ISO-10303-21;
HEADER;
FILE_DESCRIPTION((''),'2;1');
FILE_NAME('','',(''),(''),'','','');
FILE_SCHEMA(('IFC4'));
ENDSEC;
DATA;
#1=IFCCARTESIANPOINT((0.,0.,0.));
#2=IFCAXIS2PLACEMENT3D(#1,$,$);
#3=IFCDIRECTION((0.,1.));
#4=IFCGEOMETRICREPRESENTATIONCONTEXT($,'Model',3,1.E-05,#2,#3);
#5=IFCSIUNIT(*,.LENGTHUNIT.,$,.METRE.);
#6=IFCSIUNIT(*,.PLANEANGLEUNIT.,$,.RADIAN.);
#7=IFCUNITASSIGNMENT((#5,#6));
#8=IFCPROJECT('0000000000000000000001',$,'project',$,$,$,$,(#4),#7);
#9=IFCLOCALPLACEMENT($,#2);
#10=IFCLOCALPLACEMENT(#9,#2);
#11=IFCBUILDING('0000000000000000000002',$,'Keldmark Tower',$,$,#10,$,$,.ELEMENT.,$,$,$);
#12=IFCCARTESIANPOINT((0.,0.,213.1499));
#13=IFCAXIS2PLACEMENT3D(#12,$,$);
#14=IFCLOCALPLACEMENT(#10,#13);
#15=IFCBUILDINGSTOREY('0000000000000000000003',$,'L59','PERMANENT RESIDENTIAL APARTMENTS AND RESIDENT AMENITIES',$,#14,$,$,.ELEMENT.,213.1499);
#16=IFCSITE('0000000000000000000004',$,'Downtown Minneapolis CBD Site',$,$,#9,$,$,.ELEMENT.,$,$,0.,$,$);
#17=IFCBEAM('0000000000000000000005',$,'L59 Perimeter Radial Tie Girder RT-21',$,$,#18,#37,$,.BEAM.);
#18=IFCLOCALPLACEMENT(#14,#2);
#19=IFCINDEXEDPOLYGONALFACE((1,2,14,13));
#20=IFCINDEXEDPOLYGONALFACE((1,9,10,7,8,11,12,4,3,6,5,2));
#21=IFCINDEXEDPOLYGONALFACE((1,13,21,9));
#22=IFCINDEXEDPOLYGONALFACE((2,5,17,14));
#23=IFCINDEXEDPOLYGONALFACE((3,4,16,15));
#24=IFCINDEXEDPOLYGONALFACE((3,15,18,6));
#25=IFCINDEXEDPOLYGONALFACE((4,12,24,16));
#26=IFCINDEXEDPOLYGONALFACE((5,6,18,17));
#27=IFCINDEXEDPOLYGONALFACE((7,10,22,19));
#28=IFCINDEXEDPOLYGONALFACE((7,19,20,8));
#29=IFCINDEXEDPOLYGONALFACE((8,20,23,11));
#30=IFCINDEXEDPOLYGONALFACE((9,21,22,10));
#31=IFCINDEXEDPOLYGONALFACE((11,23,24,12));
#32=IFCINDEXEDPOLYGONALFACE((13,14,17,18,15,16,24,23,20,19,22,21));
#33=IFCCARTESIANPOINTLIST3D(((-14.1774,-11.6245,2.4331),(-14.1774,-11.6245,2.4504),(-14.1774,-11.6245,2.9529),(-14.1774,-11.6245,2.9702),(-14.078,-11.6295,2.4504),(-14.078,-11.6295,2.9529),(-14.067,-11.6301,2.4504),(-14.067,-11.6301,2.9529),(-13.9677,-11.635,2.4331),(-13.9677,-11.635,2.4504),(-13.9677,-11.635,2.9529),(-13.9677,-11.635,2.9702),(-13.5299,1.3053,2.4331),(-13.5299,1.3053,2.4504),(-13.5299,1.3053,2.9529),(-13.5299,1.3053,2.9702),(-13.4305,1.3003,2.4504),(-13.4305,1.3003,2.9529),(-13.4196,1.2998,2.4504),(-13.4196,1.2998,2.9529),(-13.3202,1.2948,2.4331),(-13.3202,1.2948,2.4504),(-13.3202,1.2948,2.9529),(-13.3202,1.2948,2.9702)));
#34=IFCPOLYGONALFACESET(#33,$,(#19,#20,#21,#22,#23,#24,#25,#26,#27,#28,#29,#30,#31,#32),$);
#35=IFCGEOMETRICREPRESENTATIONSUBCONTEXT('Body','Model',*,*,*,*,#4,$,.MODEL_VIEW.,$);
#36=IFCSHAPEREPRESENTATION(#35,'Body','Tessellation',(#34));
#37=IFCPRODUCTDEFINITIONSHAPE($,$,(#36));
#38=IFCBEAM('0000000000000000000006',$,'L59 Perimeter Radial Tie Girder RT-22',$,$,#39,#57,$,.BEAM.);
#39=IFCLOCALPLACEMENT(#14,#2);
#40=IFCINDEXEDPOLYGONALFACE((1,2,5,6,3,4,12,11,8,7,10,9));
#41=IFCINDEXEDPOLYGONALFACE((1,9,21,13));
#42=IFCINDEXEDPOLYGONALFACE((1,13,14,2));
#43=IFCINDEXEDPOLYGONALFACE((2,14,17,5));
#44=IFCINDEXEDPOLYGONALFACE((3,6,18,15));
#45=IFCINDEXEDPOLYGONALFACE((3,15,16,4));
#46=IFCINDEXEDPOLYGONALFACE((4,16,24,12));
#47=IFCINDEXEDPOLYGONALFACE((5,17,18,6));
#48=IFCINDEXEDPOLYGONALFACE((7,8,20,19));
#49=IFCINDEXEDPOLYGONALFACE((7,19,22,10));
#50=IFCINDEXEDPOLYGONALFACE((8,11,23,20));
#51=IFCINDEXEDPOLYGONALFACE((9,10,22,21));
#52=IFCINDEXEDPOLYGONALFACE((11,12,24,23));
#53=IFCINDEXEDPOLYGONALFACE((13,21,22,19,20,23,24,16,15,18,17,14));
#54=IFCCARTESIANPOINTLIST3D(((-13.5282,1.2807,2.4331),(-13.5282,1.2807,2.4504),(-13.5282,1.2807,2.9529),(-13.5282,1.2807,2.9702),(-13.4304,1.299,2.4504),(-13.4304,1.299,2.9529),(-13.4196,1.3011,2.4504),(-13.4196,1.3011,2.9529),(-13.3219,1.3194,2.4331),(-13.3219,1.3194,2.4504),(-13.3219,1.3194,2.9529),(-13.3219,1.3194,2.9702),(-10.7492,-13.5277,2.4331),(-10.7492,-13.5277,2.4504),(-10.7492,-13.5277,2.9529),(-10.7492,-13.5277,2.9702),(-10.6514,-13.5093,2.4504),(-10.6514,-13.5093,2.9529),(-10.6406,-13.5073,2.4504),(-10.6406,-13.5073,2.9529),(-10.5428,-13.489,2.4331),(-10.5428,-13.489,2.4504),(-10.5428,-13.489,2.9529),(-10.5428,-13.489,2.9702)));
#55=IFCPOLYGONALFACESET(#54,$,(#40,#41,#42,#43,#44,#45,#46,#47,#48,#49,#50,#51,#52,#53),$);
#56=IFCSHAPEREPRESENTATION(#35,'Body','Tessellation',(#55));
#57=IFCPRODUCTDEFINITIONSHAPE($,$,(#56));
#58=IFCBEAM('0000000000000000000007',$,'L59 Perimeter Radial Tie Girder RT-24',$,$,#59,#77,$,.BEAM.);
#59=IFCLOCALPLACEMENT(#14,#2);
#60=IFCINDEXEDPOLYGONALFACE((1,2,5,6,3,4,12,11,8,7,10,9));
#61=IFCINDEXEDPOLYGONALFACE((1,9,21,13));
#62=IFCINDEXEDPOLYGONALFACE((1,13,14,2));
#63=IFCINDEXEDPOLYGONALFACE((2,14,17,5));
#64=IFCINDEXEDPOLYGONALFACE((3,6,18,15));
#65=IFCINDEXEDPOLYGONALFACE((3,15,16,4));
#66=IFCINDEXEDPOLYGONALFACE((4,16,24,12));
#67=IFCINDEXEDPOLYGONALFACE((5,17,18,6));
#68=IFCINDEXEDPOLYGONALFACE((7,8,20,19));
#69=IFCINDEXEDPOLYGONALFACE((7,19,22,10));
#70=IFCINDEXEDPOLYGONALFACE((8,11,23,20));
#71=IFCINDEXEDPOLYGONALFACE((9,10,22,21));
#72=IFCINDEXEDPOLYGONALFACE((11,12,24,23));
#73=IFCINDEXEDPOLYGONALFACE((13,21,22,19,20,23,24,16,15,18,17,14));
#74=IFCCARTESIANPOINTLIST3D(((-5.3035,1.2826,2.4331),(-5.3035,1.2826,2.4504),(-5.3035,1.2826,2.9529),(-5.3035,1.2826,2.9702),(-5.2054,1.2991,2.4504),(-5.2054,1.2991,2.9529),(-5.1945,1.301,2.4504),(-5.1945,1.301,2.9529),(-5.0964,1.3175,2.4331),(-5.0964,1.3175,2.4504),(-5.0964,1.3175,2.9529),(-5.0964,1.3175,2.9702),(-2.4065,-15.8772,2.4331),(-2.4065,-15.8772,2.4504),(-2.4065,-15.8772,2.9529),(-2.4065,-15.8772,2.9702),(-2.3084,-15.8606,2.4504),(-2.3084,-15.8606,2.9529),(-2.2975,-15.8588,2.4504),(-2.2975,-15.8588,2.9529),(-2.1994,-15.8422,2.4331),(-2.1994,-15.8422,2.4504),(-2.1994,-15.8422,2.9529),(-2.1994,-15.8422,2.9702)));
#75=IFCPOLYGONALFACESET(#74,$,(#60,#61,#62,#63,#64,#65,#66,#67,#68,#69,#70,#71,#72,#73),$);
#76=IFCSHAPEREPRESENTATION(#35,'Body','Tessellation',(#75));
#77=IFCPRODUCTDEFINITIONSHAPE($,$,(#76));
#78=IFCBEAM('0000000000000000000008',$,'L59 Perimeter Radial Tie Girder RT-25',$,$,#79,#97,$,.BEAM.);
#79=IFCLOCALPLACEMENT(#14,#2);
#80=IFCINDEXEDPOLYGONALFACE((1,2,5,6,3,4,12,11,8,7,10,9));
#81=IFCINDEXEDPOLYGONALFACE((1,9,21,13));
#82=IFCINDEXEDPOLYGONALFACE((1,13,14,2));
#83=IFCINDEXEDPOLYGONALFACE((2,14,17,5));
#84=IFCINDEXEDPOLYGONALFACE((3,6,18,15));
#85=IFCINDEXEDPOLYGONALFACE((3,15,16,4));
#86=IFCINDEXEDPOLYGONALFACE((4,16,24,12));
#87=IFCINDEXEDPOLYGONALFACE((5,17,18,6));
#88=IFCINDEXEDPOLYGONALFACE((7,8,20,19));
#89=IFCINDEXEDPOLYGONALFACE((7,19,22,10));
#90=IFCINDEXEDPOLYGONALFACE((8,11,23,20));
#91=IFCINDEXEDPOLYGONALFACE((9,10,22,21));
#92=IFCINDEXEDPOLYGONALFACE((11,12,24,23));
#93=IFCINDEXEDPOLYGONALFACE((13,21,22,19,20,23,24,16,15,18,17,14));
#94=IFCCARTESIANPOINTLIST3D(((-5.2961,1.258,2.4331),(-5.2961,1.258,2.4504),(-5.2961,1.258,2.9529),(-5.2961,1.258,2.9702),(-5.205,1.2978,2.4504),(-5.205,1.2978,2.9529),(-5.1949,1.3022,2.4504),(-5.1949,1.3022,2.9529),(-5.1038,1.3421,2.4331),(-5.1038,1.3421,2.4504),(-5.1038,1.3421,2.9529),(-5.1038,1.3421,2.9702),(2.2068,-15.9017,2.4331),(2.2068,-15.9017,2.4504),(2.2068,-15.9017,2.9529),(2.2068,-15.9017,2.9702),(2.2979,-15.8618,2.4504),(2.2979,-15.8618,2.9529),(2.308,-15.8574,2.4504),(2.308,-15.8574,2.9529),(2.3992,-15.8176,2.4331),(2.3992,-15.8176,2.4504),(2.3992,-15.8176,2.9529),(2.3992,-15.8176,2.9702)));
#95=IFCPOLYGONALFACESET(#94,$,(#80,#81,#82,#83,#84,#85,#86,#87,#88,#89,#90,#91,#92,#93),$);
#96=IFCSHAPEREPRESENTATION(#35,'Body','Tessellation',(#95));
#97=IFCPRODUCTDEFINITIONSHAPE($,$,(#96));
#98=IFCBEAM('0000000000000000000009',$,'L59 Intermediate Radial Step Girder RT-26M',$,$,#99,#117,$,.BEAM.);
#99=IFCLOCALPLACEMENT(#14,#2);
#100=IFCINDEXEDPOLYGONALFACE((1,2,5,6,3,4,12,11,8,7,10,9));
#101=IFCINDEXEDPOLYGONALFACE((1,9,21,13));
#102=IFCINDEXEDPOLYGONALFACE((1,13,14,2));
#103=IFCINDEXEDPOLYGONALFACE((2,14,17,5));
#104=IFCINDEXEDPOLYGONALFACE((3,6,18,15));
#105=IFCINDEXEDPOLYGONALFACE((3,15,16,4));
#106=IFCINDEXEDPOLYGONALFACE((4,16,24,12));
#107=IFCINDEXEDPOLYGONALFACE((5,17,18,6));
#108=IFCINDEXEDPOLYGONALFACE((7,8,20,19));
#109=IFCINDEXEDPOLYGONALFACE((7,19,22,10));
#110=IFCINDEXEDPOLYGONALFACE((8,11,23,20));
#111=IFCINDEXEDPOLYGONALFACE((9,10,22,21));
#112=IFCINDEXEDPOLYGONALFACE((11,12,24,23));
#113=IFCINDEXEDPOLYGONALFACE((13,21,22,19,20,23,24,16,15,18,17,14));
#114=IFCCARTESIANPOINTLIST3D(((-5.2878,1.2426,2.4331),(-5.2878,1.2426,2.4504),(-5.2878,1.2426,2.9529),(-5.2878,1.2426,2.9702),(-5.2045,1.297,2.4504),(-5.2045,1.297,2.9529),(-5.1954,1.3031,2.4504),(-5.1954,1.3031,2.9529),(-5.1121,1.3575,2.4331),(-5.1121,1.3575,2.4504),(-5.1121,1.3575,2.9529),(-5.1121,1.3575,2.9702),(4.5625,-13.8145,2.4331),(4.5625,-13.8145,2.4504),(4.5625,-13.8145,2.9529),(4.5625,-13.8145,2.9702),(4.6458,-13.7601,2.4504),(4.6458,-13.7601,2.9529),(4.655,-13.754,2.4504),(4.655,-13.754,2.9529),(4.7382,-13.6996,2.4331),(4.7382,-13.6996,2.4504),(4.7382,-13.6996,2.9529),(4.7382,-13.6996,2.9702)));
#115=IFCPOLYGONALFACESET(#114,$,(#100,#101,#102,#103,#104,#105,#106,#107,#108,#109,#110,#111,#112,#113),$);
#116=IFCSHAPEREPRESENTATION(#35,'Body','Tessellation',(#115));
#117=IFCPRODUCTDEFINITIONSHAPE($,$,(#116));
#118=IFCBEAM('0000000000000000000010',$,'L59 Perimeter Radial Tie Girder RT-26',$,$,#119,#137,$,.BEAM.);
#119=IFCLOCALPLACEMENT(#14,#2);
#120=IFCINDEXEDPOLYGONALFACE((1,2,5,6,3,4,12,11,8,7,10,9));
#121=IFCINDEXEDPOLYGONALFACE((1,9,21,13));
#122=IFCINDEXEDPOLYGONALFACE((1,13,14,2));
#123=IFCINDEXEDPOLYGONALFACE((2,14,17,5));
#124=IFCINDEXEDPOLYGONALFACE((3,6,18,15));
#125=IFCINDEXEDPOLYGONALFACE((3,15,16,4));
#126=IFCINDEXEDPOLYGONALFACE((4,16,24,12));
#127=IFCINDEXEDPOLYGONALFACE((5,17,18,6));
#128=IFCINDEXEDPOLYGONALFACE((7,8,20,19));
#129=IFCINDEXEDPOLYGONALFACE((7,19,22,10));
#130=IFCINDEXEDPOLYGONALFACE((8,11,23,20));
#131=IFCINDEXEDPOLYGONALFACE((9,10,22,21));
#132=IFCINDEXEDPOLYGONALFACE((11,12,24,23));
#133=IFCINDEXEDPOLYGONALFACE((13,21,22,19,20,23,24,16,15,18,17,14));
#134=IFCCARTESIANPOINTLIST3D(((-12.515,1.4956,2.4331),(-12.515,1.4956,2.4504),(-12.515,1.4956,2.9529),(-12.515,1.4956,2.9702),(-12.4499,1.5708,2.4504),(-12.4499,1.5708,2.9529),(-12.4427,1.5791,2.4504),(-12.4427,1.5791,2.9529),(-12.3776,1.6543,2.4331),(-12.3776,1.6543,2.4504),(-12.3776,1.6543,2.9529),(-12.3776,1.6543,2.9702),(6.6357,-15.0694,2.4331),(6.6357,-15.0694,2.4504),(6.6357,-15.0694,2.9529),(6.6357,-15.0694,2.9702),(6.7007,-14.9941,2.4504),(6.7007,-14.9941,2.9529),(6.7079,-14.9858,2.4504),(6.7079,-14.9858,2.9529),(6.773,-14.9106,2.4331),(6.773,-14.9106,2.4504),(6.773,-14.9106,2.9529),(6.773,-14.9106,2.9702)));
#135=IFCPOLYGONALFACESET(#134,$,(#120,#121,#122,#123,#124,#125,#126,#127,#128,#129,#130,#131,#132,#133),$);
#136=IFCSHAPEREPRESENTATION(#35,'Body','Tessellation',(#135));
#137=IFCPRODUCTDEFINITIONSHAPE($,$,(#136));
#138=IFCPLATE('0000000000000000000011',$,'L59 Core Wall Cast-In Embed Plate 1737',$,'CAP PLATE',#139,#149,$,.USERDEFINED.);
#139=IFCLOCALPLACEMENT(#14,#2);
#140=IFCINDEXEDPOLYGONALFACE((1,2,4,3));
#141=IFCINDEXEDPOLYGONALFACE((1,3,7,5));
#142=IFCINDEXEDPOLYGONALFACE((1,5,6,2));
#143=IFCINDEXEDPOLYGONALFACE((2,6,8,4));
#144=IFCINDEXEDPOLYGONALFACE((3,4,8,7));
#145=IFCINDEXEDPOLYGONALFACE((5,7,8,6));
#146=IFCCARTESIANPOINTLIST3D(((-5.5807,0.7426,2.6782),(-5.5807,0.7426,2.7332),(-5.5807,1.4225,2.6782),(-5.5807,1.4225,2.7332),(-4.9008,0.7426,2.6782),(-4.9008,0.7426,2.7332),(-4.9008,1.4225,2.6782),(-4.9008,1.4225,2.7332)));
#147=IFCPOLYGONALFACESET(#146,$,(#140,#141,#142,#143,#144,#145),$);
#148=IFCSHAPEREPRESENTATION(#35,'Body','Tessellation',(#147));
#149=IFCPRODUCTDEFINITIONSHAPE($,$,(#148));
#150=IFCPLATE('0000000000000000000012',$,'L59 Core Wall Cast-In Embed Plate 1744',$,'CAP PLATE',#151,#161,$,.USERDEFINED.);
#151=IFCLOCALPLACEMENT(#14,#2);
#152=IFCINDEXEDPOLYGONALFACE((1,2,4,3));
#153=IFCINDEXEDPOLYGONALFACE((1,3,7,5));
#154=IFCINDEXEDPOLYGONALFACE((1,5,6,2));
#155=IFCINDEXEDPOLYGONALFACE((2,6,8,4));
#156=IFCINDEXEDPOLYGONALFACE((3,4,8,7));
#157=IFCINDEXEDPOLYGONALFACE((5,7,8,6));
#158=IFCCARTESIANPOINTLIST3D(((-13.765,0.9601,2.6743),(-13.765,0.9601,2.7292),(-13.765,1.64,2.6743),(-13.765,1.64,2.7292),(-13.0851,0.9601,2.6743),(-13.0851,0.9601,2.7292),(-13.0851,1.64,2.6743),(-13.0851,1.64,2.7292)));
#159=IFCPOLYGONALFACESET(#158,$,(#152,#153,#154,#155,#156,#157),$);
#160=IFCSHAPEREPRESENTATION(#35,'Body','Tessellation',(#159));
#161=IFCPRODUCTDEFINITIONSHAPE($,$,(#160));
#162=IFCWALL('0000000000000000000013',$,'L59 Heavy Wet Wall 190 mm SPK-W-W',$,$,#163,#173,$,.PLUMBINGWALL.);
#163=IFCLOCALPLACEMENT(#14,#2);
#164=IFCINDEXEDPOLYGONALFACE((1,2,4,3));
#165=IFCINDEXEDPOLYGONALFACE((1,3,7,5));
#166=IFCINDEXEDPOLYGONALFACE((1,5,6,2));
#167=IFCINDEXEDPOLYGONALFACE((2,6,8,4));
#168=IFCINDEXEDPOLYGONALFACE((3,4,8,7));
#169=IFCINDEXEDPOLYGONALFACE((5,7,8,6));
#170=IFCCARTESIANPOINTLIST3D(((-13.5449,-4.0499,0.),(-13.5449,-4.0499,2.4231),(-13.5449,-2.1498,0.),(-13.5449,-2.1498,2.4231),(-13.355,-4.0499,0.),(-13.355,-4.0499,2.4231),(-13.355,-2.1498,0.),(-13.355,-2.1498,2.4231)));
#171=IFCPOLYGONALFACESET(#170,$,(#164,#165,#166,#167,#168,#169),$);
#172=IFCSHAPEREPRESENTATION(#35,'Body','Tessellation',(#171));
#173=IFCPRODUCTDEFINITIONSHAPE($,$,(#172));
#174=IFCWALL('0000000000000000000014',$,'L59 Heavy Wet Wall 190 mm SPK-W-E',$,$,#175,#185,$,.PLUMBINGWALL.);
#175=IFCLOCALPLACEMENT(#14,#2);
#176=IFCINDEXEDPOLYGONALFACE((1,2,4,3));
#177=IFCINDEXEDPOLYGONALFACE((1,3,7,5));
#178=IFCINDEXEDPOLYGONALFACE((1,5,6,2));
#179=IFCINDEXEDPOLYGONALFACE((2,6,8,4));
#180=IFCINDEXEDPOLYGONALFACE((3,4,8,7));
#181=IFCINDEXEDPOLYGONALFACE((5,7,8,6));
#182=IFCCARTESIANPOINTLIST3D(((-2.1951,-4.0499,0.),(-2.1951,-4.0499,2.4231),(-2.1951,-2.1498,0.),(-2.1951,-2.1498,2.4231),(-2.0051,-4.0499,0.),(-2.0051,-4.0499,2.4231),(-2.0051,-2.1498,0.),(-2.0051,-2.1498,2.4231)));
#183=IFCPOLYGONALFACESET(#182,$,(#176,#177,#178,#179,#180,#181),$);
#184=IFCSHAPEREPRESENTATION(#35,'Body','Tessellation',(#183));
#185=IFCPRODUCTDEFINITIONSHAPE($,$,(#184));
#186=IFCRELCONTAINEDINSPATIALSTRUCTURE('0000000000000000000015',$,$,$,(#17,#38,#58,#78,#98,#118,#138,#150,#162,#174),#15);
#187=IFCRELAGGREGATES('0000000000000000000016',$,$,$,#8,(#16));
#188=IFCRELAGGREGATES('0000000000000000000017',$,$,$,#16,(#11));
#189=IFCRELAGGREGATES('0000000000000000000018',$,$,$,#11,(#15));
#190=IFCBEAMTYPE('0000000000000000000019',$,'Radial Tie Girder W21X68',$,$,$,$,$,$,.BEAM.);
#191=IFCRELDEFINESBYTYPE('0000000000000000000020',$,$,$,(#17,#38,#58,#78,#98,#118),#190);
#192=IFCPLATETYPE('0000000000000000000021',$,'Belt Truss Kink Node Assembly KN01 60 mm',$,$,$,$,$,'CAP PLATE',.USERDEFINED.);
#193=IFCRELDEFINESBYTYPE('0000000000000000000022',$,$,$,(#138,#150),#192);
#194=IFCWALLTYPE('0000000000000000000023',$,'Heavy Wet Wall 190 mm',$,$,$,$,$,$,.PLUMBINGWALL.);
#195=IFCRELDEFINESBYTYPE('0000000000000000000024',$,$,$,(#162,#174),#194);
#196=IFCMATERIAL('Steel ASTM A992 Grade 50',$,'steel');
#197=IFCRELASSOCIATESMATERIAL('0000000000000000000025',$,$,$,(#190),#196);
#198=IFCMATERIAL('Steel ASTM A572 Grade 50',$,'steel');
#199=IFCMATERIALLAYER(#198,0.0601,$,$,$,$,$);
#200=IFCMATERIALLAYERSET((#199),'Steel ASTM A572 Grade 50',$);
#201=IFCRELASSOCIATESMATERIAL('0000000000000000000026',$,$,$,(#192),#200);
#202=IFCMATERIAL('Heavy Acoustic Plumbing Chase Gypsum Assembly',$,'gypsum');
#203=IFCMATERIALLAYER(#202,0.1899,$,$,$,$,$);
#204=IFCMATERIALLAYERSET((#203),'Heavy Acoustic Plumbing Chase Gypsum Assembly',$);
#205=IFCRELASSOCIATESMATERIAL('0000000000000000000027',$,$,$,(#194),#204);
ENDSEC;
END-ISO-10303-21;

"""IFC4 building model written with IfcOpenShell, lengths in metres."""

from ifc_helpers import new_model, si_unit, direction, frame, frame_2d, origin, origin_2d, place, context, subcontext, project, spatial, rectangle, i_section, extrude, material, layer, layer_set, material_profile, profile_set, type_object, element, save


model = new_model("IFC4")

# Units and contexts
model_context = context("Model", 3, precision=1e-05, world=origin(), true_north=direction((0.0, 1.0)))
body_context = subcontext(model_context, "Body", "Model", "MODEL_VIEW")
ifc_project = project(units=[si_unit("LENGTHUNIT", "METRE"), si_unit("PLANEANGLEUNIT", "RADIAN")], contexts=[model_context])

# Site, building, storey
site_placement = place(None, origin())
site = spatial("IfcSite", under=ifc_project, at=site_placement, Name="Downtown Minneapolis CBD Site", CompositionType="ELEMENT", RefElevation=0.0)
building_placement = place(site_placement, origin())
building = spatial("IfcBuilding", under=site, at=building_placement, Name="Keldmark Tower", CompositionType="ELEMENT")
storey_placement = place(building_placement, frame((0.0, 0.0, 213.1499)))
storey = spatial("IfcBuildingStorey", under=building, at=storey_placement, Name="L59", Description="PERMANENT RESIDENTIAL APARTMENTS AND RESIDENT AMENITIES", CompositionType="ELEMENT", Elevation=213.1499)

# Beams
ifc_material_1 = material(Name="Steel ASTM A992 Grade 50", Category="steel")
ifc_material_profile_1 = material_profile(ifc_material_1, i_section(OverallWidth=0.21, OverallDepth=0.5371, WebThickness=0.011, FlangeThickness=0.0173, at=origin_2d()), Name="W21X68")
ifc_profile_set_1 = profile_set([ifc_material_profile_1], Name="Steel ASTM A992 Grade 50")
beam_type_1 = type_object("IfcBeamType", Name="Radial Tie Girder W21X68", PredefinedType="BEAM", material=ifc_profile_set_1)
beam_1_placement = place(storey_placement, frame((-13.425, 1.3, 2.7017), z_axis=(-0.050012, -0.998749, 0.0), x_axis=(0.998749, -0.050012, 0.0)))
element("IfcBeam", 1, at=beam_1_placement, inside=storey, type_object=beam_type_1, Name="L59 Perimeter Radial Tie Girder RT-21", PredefinedType="BEAM", context=body_context, shape_type="SweptSolid", body=[
    extrude(i_section(OverallWidth=0.21, OverallDepth=0.5371, WebThickness=0.011, FlangeThickness=0.0173, at=origin_2d()), origin(), (0.0, 0.0, 1.0), 12.946),
])
beam_2_placement = place(storey_placement, frame((-13.425, 1.3, 2.7017), z_axis=(0.184448, -0.982842, 0.0), x_axis=(0.982842, 0.184448, 0.0)))
element("IfcBeam", 2, at=beam_2_placement, inside=storey, type_object=beam_type_1, Name="L59 Perimeter Radial Tie Girder RT-22", PredefinedType="BEAM", context=body_context, shape_type="SweptSolid", body=[
    extrude(i_section(OverallWidth=0.21, OverallDepth=0.5371, WebThickness=0.011, FlangeThickness=0.0173, at=origin_2d()), origin(), (0.0, 0.0, 1.0), 15.0669),
])
beam_3_placement = place(storey_placement, frame((-5.2, 1.3, 2.7017), z_axis=(0.166469, -0.986047, 0.0), x_axis=(0.986047, 0.166469, 0.0)))
element("IfcBeam", 3, at=beam_3_placement, inside=storey, type_object=beam_type_1, Name="L59 Perimeter Radial Tie Girder RT-24", PredefinedType="BEAM", context=body_context, shape_type="SweptSolid", body=[
    extrude(i_section(OverallWidth=0.21, OverallDepth=0.5371, WebThickness=0.011, FlangeThickness=0.0173, at=origin_2d()), origin(), (0.0, 0.0, 1.0), 17.4026),
])
beam_4_placement = place(storey_placement, frame((-5.2, 1.3, 2.7017), z_axis=(0.400621, -0.916244, 0.0), x_axis=(0.916244, 0.400621, 0.0)))
element("IfcBeam", 4, at=beam_4_placement, inside=storey, type_object=beam_type_1, Name="L59 Perimeter Radial Tie Girder RT-25", PredefinedType="BEAM", context=body_context, shape_type="SweptSolid", body=[
    extrude(i_section(OverallWidth=0.21, OverallDepth=0.5371, WebThickness=0.011, FlangeThickness=0.0173, at=origin_2d()), origin(), (0.0, 0.0, 1.0), 18.7283),
])
beam_5_placement = place(storey_placement, frame((-5.2, 1.3, 2.7017), z_axis=(0.547456, -0.836835, 0.0), x_axis=(0.836835, 0.547456, 0.0)))
element("IfcBeam", 5, at=beam_5_placement, inside=storey, type_object=beam_type_1, Name="L59 Intermediate Radial Step Girder RT-26M", PredefinedType="BEAM", context=body_context, shape_type="SweptSolid", body=[
    extrude(i_section(OverallWidth=0.21, OverallDepth=0.5371, WebThickness=0.011, FlangeThickness=0.0173, at=origin_2d()), origin(), (0.0, 0.0, 1.0), 17.9929),
])
beam_6_placement = place(storey_placement, frame((-12.4463, 1.575, 2.7017), z_axis=(0.75632, -0.654202, 0.0), x_axis=(0.654202, 0.75632, 0.0)))
element("IfcBeam", 6, at=beam_6_placement, inside=storey, type_object=beam_type_1, Name="L59 Perimeter Radial Tie Girder RT-26", PredefinedType="BEAM", context=body_context, shape_type="SweptSolid", body=[
    extrude(i_section(OverallWidth=0.21, OverallDepth=0.5371, WebThickness=0.011, FlangeThickness=0.0173, at=origin_2d()), origin(), (0.0, 0.0, 1.0), 25.3208),
])

# Plates
ifc_material_2 = material(Name="Steel ASTM A572 Grade 50", Category="steel")
ifc_layer_1 = layer(ifc_material_2, 0.0601)
ifc_layer_set_1 = layer_set([ifc_layer_1], Name="Steel ASTM A572 Grade 50")
plate_type = type_object("IfcPlateType", Name="Belt Truss Kink Node Assembly KN01 60 mm", ElementType="CAP PLATE", PredefinedType="USERDEFINED", material=ifc_layer_set_1)
for number, where, z_axis, x_axis, name in (
    (7, (-5.2407, 1.0825, 2.6782), (0.0, 0.0, 1.0), (1.0, 0.0, 0.0), "L59 Core Wall Cast-In Embed Plate 1737"),
    (8, (-13.425, 1.3, 2.6743), (0.0, 0.0, 1.0), (1.0, 0.0, 0.0), "L59 Core Wall Cast-In Embed Plate 1744"),
):
    element("IfcPlate", number, at=place(storey_placement, frame(where, z_axis=z_axis, x_axis=x_axis)), inside=storey, type_object=plate_type, Name=name, ObjectType="CAP PLATE", PredefinedType="USERDEFINED", context=body_context, shape_type="SweptSolid", body=[
        extrude(rectangle(XDim=0.6799, YDim=0.6799, at=origin_2d()), origin(), (0.0, 0.0, 1.0), 0.0549),
    ])

# Walls
ifc_material_3 = material(Name="Heavy Acoustic Plumbing Chase Gypsum Assembly", Category="gypsum")
ifc_layer_2 = layer(ifc_material_3, 0.1899)
ifc_layer_set_2 = layer_set([ifc_layer_2], Name="Heavy Acoustic Plumbing Chase Gypsum Assembly")
wall_type_1 = type_object("IfcWallType", Name="Heavy Wet Wall 190 mm", PredefinedType="PLUMBINGWALL", material=ifc_layer_set_2)
for number, where, z_axis, x_axis, name in (
    (9, (-13.45, -4.05, 0.0), (0.0, 0.0, 1.0), (0.0, 1.0, 0.0), "L59 Heavy Wet Wall 190 mm SPK-W-W"),
    (10, (-2.1001, -4.05, 0.0), (0.0, 0.0, 1.0), (0.0, 1.0, 0.0), "L59 Heavy Wet Wall 190 mm SPK-W-E"),
):
    element("IfcWall", number, at=place(storey_placement, frame(where, z_axis=z_axis, x_axis=x_axis)), inside=storey, type_object=wall_type_1, Name=name, PredefinedType="PLUMBINGWALL", context=body_context, shape_type="SweptSolid", body=[
        extrude(rectangle(XDim=1.9001, YDim=0.1899, at=frame_2d((0.9502, 0.0))), origin(), (0.0, 0.0, 1.0), 2.4231),
    ])

save(model, "model.ifc")
